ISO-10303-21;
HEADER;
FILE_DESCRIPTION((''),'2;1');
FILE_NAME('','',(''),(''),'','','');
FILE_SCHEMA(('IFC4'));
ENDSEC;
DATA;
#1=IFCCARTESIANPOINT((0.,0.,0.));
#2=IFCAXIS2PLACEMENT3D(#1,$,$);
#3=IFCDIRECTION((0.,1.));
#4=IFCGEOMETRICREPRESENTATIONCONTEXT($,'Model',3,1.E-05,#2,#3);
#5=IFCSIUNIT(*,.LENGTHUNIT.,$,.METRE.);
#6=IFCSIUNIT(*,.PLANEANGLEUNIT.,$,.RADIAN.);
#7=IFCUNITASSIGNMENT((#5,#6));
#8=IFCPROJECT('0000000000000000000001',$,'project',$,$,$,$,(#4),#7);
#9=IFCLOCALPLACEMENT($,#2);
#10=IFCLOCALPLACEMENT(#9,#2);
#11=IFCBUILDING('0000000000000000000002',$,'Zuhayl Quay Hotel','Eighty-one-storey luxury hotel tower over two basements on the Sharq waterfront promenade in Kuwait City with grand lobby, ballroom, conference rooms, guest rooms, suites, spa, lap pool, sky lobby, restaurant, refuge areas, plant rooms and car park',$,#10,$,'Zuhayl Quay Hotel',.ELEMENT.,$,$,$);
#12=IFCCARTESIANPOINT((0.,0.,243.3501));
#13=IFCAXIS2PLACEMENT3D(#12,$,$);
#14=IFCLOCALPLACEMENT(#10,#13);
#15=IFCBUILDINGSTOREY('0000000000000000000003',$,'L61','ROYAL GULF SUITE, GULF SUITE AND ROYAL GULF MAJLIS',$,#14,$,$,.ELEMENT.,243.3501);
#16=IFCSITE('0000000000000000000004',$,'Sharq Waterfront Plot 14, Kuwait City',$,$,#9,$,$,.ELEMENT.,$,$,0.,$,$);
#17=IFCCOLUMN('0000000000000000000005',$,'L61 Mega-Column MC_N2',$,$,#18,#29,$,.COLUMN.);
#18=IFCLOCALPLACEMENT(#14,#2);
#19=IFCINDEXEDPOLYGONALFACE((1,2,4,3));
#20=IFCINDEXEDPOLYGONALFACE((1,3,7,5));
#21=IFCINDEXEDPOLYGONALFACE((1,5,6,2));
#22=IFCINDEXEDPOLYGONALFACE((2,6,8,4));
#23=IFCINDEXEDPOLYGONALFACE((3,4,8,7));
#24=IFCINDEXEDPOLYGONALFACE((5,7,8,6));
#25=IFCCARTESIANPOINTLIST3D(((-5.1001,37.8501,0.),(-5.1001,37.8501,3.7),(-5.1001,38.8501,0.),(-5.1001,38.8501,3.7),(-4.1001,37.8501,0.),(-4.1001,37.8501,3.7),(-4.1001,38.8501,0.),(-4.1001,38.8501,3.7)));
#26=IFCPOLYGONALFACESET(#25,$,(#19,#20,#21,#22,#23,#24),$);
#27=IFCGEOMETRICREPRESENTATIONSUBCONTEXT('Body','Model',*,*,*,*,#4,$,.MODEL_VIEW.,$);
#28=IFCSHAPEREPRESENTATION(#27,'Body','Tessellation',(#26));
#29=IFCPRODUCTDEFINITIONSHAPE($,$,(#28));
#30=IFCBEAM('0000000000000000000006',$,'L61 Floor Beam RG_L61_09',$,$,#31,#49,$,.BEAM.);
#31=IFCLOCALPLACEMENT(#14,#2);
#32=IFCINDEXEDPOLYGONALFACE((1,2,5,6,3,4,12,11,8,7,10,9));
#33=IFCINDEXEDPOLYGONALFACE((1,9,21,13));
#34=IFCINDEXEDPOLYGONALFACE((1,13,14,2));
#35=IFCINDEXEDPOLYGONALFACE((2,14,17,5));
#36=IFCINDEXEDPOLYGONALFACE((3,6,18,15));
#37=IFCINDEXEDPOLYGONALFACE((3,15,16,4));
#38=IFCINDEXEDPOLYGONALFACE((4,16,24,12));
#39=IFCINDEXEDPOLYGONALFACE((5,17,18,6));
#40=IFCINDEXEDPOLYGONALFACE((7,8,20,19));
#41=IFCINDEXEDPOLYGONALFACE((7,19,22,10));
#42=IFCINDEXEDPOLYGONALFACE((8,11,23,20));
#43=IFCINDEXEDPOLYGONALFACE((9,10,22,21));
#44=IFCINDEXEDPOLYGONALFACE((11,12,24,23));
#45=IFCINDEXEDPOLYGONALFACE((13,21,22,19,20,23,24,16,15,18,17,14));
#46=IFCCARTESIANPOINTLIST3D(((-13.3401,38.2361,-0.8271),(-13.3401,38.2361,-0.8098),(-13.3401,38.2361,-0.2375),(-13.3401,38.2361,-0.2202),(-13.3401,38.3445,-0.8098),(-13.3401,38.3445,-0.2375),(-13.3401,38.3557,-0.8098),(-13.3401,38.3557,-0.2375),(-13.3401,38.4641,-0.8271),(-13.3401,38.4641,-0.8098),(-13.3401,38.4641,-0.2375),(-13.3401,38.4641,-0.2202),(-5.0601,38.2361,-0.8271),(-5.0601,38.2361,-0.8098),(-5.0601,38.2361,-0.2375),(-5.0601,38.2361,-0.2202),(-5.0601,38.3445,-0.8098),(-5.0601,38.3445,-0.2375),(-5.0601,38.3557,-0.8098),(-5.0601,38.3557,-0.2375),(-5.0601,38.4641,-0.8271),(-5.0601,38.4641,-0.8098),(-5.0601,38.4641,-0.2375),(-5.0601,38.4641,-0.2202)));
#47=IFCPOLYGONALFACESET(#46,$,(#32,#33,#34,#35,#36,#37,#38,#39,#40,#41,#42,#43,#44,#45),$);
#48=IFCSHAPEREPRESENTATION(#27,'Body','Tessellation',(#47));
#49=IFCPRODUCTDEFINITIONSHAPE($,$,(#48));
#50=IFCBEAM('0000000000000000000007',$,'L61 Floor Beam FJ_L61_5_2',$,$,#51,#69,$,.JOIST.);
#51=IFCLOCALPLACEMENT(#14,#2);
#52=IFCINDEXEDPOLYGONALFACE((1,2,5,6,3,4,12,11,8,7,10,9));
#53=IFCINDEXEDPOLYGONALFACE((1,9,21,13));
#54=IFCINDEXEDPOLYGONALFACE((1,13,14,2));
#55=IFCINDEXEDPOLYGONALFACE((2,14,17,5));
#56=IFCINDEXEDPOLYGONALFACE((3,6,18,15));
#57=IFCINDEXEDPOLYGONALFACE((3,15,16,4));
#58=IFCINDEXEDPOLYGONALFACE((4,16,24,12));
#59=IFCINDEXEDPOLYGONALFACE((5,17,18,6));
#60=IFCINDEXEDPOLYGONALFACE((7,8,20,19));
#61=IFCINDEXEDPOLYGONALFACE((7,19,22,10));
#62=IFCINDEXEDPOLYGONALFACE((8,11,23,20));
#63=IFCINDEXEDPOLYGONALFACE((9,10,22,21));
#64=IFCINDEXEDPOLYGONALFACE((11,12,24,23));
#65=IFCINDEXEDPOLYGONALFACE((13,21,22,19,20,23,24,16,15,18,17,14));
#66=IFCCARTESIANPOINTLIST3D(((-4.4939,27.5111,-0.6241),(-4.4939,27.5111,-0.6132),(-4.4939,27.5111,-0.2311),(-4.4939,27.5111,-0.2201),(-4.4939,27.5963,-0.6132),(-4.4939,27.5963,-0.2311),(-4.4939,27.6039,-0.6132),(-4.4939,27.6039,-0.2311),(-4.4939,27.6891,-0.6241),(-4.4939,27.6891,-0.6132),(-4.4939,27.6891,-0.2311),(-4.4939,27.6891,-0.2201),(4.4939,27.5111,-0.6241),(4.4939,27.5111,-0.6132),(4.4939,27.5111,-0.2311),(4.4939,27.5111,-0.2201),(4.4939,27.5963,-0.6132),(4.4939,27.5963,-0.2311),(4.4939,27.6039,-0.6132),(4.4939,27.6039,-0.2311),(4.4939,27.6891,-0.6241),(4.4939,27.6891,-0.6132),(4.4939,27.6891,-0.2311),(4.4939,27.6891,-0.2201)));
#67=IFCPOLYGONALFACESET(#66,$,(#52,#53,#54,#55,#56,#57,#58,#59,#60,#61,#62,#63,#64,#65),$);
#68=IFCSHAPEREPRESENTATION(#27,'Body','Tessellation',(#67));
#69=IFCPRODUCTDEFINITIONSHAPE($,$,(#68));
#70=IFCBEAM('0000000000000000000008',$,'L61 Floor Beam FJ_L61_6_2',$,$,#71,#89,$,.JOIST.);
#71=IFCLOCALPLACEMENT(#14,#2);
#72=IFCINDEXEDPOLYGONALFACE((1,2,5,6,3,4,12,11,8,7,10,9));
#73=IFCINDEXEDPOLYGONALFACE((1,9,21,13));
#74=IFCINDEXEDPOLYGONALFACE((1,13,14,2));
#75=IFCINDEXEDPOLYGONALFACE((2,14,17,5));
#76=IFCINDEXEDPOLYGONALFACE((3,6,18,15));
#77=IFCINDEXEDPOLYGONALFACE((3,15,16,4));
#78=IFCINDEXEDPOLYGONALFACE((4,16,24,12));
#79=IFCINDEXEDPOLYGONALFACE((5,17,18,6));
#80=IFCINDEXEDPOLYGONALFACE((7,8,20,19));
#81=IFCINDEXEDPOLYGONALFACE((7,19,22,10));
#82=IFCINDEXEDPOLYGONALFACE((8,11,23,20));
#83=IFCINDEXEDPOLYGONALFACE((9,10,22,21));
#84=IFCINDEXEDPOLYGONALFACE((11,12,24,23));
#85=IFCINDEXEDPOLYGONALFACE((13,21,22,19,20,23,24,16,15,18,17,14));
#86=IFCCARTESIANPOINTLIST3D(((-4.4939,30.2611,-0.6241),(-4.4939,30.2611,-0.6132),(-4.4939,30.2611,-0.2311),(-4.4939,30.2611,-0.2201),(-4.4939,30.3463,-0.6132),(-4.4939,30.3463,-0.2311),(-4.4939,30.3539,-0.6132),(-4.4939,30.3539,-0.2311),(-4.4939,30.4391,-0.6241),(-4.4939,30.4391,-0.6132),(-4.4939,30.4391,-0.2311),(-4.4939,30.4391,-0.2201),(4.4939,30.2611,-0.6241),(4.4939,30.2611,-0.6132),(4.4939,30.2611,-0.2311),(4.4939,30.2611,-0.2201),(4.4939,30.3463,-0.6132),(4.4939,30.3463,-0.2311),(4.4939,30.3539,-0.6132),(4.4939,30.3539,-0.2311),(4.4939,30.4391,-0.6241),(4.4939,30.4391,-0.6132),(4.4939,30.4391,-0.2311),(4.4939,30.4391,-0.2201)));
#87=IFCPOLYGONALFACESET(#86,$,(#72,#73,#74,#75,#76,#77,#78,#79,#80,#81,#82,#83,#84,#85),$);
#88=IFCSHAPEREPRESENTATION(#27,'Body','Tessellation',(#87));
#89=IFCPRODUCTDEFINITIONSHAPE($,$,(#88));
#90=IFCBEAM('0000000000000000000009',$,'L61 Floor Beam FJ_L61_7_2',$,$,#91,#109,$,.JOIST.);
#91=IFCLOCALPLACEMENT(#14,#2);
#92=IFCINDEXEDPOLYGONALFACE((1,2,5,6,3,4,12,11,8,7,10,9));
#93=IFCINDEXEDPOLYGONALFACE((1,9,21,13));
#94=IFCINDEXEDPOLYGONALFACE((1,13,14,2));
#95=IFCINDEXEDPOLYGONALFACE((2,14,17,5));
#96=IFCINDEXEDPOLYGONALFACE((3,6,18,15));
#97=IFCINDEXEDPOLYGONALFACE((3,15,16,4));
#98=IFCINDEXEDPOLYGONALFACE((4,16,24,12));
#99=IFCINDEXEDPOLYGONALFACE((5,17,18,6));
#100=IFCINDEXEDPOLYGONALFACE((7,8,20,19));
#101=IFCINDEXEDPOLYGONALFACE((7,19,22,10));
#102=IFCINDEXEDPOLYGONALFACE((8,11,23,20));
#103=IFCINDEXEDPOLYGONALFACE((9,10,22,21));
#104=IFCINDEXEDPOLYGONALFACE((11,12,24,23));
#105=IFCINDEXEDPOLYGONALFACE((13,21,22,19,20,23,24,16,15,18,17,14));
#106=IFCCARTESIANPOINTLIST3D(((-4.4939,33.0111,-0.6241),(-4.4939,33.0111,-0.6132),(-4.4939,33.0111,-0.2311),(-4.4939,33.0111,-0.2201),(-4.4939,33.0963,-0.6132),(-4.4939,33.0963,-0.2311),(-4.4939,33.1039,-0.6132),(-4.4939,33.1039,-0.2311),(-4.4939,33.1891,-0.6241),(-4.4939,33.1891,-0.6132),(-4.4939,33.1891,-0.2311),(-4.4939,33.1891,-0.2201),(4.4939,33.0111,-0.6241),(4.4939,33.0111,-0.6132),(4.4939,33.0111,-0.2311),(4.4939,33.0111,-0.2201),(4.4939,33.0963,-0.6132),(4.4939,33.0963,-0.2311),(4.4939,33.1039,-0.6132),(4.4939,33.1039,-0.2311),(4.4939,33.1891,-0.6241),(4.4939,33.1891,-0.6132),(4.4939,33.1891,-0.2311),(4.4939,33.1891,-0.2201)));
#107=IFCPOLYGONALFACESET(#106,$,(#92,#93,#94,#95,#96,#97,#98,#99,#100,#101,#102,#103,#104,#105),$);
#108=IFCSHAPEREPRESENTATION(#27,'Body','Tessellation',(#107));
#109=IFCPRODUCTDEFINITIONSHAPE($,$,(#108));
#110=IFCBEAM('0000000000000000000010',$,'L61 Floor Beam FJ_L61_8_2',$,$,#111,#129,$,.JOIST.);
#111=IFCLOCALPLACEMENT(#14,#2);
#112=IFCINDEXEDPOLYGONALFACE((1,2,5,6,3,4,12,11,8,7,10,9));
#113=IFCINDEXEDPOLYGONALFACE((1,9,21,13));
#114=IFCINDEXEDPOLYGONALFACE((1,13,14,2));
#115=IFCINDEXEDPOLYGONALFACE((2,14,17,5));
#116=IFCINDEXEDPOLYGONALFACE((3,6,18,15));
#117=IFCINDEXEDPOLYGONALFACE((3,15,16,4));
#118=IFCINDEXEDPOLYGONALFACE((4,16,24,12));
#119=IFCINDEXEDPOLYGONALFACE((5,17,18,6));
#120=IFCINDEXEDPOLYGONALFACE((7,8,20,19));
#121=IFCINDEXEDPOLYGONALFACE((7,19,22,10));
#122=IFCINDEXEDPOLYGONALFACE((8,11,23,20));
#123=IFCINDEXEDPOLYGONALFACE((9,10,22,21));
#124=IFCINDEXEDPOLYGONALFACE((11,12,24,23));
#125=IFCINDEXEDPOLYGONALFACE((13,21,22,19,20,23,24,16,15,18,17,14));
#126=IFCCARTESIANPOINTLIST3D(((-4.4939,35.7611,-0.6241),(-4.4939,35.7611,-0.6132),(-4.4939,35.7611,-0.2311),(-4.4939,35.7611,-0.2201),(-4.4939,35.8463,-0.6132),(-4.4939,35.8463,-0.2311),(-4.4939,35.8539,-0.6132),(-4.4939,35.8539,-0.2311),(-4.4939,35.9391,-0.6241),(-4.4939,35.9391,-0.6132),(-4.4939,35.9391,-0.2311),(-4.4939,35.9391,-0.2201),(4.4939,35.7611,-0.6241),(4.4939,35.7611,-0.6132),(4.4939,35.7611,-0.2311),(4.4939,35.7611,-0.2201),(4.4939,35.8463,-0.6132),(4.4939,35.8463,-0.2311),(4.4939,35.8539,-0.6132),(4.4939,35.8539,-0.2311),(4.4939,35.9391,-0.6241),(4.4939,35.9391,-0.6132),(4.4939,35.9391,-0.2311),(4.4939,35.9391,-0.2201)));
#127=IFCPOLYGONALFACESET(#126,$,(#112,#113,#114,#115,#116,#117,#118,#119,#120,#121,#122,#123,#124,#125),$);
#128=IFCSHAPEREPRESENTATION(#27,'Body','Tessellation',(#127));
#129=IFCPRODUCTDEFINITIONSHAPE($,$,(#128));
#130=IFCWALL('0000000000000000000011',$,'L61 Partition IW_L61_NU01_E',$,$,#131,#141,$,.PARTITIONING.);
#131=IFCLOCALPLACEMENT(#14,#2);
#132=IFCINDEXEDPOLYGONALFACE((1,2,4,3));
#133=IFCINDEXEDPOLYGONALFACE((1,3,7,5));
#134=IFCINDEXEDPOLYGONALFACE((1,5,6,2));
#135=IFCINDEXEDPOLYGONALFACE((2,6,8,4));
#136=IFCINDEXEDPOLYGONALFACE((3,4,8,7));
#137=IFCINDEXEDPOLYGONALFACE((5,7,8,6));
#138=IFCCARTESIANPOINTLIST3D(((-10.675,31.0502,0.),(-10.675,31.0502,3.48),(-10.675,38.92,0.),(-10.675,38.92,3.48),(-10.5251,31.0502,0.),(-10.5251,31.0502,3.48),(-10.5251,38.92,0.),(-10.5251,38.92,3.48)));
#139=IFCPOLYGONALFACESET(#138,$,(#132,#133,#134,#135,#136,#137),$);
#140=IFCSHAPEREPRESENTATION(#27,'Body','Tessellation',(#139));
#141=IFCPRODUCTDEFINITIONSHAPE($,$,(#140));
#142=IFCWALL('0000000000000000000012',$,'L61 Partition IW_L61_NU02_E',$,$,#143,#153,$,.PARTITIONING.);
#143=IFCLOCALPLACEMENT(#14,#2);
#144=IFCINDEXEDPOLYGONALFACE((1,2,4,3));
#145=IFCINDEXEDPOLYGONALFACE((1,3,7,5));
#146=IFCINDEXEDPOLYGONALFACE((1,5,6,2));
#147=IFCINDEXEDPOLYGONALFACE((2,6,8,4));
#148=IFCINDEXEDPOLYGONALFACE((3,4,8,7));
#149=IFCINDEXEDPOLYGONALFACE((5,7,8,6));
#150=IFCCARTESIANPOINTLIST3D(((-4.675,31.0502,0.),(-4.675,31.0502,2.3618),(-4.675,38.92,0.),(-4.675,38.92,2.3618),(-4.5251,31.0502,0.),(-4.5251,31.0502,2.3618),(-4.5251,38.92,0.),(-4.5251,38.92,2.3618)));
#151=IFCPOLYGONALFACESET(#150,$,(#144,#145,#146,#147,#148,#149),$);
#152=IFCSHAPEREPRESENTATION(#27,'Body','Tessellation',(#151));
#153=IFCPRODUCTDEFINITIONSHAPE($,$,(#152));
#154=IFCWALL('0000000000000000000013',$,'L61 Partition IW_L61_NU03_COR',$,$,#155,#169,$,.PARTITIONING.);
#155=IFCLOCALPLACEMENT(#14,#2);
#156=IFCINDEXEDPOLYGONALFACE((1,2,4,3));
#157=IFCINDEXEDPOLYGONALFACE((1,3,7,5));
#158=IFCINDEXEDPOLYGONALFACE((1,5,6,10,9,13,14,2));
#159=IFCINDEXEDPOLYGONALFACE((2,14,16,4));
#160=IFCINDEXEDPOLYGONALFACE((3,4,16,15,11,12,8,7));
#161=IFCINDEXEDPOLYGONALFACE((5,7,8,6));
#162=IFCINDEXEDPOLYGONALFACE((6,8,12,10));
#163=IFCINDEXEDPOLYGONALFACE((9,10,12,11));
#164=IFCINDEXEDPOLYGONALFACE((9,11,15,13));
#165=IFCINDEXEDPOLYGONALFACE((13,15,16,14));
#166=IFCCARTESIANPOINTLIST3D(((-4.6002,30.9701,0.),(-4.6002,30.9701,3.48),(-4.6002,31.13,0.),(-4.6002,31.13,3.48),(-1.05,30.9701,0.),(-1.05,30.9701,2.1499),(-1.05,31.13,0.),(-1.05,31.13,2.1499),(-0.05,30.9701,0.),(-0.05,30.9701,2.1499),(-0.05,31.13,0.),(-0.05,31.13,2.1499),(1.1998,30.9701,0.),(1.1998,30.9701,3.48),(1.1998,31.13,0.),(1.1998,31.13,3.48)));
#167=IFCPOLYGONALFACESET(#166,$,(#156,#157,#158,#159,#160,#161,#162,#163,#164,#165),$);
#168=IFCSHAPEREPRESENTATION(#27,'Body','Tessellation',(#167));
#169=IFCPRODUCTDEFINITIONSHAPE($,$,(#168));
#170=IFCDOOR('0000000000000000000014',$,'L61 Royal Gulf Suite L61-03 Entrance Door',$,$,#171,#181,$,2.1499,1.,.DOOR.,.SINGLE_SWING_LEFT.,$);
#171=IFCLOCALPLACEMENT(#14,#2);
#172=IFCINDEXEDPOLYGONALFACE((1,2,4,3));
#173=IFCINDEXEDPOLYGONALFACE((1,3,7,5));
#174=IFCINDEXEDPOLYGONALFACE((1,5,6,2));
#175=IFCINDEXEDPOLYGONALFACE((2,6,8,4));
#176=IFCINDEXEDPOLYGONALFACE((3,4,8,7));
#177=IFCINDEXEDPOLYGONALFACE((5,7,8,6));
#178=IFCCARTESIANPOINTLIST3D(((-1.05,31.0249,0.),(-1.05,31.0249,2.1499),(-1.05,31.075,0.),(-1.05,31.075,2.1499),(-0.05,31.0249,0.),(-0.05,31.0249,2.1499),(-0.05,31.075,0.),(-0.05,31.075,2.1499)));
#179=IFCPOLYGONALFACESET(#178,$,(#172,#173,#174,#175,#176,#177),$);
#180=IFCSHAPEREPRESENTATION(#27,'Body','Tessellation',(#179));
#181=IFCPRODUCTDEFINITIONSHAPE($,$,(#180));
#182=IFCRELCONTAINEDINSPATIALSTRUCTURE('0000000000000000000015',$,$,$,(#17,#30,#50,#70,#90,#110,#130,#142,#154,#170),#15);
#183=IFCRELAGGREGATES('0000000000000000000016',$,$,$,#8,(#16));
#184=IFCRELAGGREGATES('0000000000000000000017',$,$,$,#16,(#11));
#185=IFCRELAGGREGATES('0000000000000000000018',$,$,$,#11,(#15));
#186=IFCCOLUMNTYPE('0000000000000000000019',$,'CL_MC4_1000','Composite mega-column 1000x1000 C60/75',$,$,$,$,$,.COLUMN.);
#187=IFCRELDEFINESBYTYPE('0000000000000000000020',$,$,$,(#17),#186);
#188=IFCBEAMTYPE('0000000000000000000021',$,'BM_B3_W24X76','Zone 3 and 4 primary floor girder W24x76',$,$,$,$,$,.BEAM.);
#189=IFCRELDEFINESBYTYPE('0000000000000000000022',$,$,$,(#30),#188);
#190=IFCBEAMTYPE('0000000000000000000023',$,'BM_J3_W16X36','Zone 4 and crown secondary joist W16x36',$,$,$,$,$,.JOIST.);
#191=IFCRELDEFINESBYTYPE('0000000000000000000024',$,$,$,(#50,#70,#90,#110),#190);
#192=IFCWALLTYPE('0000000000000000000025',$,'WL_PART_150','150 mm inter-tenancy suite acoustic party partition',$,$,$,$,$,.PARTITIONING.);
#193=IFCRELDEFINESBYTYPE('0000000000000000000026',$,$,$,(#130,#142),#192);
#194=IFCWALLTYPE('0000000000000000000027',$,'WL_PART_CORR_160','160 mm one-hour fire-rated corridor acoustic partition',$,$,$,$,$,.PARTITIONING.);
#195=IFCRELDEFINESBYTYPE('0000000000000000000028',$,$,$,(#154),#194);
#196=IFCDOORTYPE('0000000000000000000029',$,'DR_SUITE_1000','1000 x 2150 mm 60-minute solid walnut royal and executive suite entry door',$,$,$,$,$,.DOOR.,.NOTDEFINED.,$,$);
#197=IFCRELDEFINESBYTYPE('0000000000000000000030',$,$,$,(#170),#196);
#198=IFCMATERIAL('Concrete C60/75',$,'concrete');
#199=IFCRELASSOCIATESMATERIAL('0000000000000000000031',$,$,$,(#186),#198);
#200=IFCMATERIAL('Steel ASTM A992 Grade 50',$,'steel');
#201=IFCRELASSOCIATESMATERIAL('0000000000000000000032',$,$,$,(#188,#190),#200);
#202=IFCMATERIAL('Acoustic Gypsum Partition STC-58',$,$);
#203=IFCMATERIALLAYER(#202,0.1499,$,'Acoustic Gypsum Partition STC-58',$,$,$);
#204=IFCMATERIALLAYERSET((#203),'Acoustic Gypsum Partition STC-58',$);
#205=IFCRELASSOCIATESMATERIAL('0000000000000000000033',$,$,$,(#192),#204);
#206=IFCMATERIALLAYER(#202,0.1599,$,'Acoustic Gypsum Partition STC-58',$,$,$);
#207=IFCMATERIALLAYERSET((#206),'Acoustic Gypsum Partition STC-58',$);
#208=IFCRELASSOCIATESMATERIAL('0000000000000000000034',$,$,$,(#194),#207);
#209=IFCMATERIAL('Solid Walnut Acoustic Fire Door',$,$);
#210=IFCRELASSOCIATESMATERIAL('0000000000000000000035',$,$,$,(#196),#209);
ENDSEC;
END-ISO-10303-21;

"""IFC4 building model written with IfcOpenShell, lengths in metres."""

from ifc_helpers import new_model, si_unit, direction, frame, frame_2d, origin, origin_2d, place, context, subcontext, project, spatial, rectangle, i_section, extrude, material, layer, layer_set, material_profile, profile_set, type_object, element, fill, save


model = new_model("IFC4")

# Units and contexts
model_context = context("Model", 3, precision=1e-05, world=origin(), true_north=direction((0.0, 1.0)))
body_context = subcontext(model_context, "Body", "Model", "MODEL_VIEW")
ifc_project = project(units=[si_unit("LENGTHUNIT", "METRE"), si_unit("PLANEANGLEUNIT", "RADIAN")], contexts=[model_context])

# Site, building, storey
site_placement = place(None, origin())
site = spatial("IfcSite", under=ifc_project, at=site_placement, Name="Sharq Waterfront Plot 14, Kuwait City", CompositionType="ELEMENT", RefElevation=0.0)
building_placement = place(site_placement, origin())
building = spatial("IfcBuilding", under=site, at=building_placement, Name="Zuhayl Quay Hotel", Description="Eighty-one-storey luxury hotel tower over two basements on the Sharq waterfront promenade in Kuwait City with grand lobby, ballroom, conference rooms, guest rooms, suites, spa, lap pool, sky lobby, restaurant, refuge areas, plant rooms and car park", LongName="Zuhayl Quay Hotel", CompositionType="ELEMENT")
storey_placement = place(building_placement, frame((0.0, 0.0, 243.3501)))
storey = spatial("IfcBuildingStorey", under=building, at=storey_placement, Name="L61", Description="ROYAL GULF SUITE, GULF SUITE AND ROYAL GULF MAJLIS", CompositionType="ELEMENT", Elevation=243.3501)

# Column
ifc_material_1 = material(Name="Concrete C60/75", Category="concrete")
ifc_material_profile_1 = material_profile(ifc_material_1, rectangle(XDim=1.0, YDim=1.0, at=origin_2d()), Name="RC1000X1000")
ifc_profile_set_1 = profile_set([ifc_material_profile_1], Name="Concrete C60/75")
column_type = type_object("IfcColumnType", Name="CL_MC4_1000", Description="Composite mega-column 1000x1000 C60/75", PredefinedType="COLUMN", material=ifc_profile_set_1)
column_placement = place(storey_placement, frame((-4.6001, 38.3501, 0.0), z_axis=(0.0, 0.0, 1.0), x_axis=(1.0, 0.0, 0.0)))
element("IfcColumn", 1, at=column_placement, inside=storey, type_object=column_type, Name="L61 Mega-Column MC_N2", PredefinedType="COLUMN", context=body_context, shape_type="SweptSolid", body=[
    extrude(rectangle(XDim=1.0, YDim=1.0, at=origin_2d()), origin(), (0.0, 0.0, 1.0), 3.7),
])

# Beams
ifc_material_2 = material(Name="Steel ASTM A992 Grade 50", Category="steel")
ifc_material_profile_2 = material_profile(ifc_material_2, i_section(OverallWidth=0.228, OverallDepth=0.6069, WebThickness=0.0112, FlangeThickness=0.0173, at=origin_2d()), Name="W24X76")
ifc_profile_set_2 = profile_set([ifc_material_profile_2], Name="Steel ASTM A992 Grade 50")
beam_type_1 = type_object("IfcBeamType", Name="BM_B3_W24X76", Description="Zone 3 and 4 primary floor girder W24x76", PredefinedType="BEAM", material=ifc_profile_set_2)
beam_placement = place(storey_placement, frame((-5.0601, 38.3501, -0.5237), z_axis=(-1.0, 0.0, 0.0), x_axis=(0.0, -1.0, 0.0)))
element("IfcBeam", 2, at=beam_placement, inside=storey, type_object=beam_type_1, Name="L61 Floor Beam RG_L61_09", PredefinedType="BEAM", context=body_context, shape_type="SweptSolid", body=[
    extrude(i_section(OverallWidth=0.228, OverallDepth=0.6069, WebThickness=0.0112, FlangeThickness=0.0173, at=origin_2d()), origin(), (0.0, 0.0, 1.0), 8.28),
])
ifc_material_profile_3 = material_profile(ifc_material_2, i_section(OverallWidth=0.178, OverallDepth=0.4041, WebThickness=0.0076, FlangeThickness=0.011, at=origin_2d()), Name="W16X36")
ifc_profile_set_3 = profile_set([ifc_material_profile_3], Name="Steel ASTM A992 Grade 50")
beam_type_2 = type_object("IfcBeamType", Name="BM_J3_W16X36", Description="Zone 4 and crown secondary joist W16x36", PredefinedType="JOIST", material=ifc_profile_set_3)
for number, where, z_axis, x_axis, name in (
    (3, (-4.4939, 27.6001, -0.4221), (1.0, 0.0, 0.0), (0.0, 1.0, 0.0), "L61 Floor Beam FJ_L61_5_2"),
    (4, (-4.4939, 30.3501, -0.4221), (1.0, 0.0, 0.0), (0.0, 1.0, 0.0), "L61 Floor Beam FJ_L61_6_2"),
    (5, (-4.4939, 33.1001, -0.4221), (1.0, 0.0, 0.0), (0.0, 1.0, 0.0), "L61 Floor Beam FJ_L61_7_2"),
    (6, (-4.4939, 35.8501, -0.4221), (1.0, 0.0, 0.0), (0.0, 1.0, 0.0), "L61 Floor Beam FJ_L61_8_2"),
):
    element("IfcBeam", number, at=place(storey_placement, frame(where, z_axis=z_axis, x_axis=x_axis)), inside=storey, type_object=beam_type_2, Name=name, PredefinedType="JOIST", context=body_context, shape_type="SweptSolid", body=[
        extrude(i_section(OverallWidth=0.178, OverallDepth=0.4041, WebThickness=0.0076, FlangeThickness=0.011, at=origin_2d()), origin(), (0.0, 0.0, 1.0), 8.9878),
    ])

# Walls
ifc_material_3 = material(Name="Acoustic Gypsum Partition STC-58")
ifc_layer_1 = layer(ifc_material_3, 0.1499, Name="Acoustic Gypsum Partition STC-58")
ifc_layer_set_1 = layer_set([ifc_layer_1], Name="Acoustic Gypsum Partition STC-58")
wall_type_1 = type_object("IfcWallType", Name="WL_PART_150", Description="150 mm inter-tenancy suite acoustic party partition", PredefinedType="PARTITIONING", material=ifc_layer_set_1)
wall_1_placement = place(storey_placement, frame((-10.6001, 31.05, 0.0), z_axis=(0.0, 0.0, 1.0), x_axis=(0.0, 1.0, 0.0)))
element("IfcWall", 7, at=wall_1_placement, inside=storey, type_object=wall_type_1, Name="L61 Partition IW_L61_NU01_E", PredefinedType="PARTITIONING", context=body_context, shape_type="SweptSolid", body=[
    extrude(rectangle(XDim=7.8699, YDim=0.1499, at=frame_2d((3.9351, 0.0))), origin(), (0.0, 0.0, 1.0), 3.48),
])
wall_2_placement = place(storey_placement, frame((-4.6001, 31.05, 0.0), z_axis=(0.0, 0.0, 1.0), x_axis=(0.0, 1.0, 0.0)))
element("IfcWall", 8, at=wall_2_placement, inside=storey, type_object=wall_type_1, Name="L61 Partition IW_L61_NU02_E", PredefinedType="PARTITIONING", context=body_context, shape_type="SweptSolid", body=[
    extrude(rectangle(XDim=7.8699, YDim=0.1499, at=frame_2d((3.9351, 0.0))), origin(), (0.0, 0.0, 1.0), 2.3618),
])

# Wall, opening, door
ifc_layer_2 = layer(ifc_material_3, 0.1599, Name="Acoustic Gypsum Partition STC-58")
ifc_layer_set_2 = layer_set([ifc_layer_2], Name="Acoustic Gypsum Partition STC-58")
wall_type_2 = type_object("IfcWallType", Name="WL_PART_CORR_160", Description="160 mm one-hour fire-rated corridor acoustic partition", PredefinedType="PARTITIONING", material=ifc_layer_set_2)
wall_3_placement = place(storey_placement, frame((-4.6001, 31.05, 0.0), z_axis=(0.0, 0.0, 1.0), x_axis=(1.0, 0.0, 0.0)))
wall_3 = element("IfcWall", 9, at=wall_3_placement, inside=storey, type_object=wall_type_2, Name="L61 Partition IW_L61_NU03_COR", PredefinedType="PARTITIONING", context=body_context, shape_type="SweptSolid", body=[
    extrude(rectangle(XDim=5.8, YDim=0.1599, at=frame_2d((2.8999, 0.0))), origin(), (0.0, 0.0, 1.0), 3.48),
])
opening_1_placement = place(wall_3_placement, frame((3.55, 0.0, 0.0)))
opening_1 = element("IfcOpeningElement", 10, at=opening_1_placement, cuts=wall_3, PredefinedType="OPENING", context=body_context, shape_type="SweptSolid", body=[
    extrude(rectangle(XDim=1.0, YDim=2.1499, at=frame_2d((0.5, 1.075))), frame((0.0, 0.0898, 0.0), z_axis=(0.0, -1.0, 0.0), x_axis=(1.0, 0.0, 0.0)), (0.0, 0.0, 1.0), 0.1799),
])
ifc_material_4 = material(Name="Solid Walnut Acoustic Fire Door")
door_type_1 = type_object("IfcDoorType", Name="DR_SUITE_1000", Description="1000 x 2150 mm 60-minute solid walnut royal and executive suite entry door", OperationType="NOTDEFINED", PredefinedType="DOOR", material=ifc_material_4)
door_1_placement = place(opening_1_placement, origin())
door_1 = element("IfcDoor", 11, at=door_1_placement, inside=storey, type_object=door_type_1, Name="L61 Royal Gulf Suite L61-03 Entrance Door", OperationType="SINGLE_SWING_LEFT", OverallHeight=2.1499, OverallWidth=1.0, PredefinedType="DOOR", context=body_context, shape_type="SweptSolid", body=[
    extrude(rectangle(XDim=1.0, YDim=2.1499, at=frame_2d((0.5, 1.075))), frame((0.0, 0.0249, 0.0), z_axis=(0.0, -1.0, 0.0), x_axis=(1.0, 0.0, 0.0)), (0.0, 0.0, 1.0), 0.05),
])
fill(opening_1, door_1)

save(model, "model.ifc")
